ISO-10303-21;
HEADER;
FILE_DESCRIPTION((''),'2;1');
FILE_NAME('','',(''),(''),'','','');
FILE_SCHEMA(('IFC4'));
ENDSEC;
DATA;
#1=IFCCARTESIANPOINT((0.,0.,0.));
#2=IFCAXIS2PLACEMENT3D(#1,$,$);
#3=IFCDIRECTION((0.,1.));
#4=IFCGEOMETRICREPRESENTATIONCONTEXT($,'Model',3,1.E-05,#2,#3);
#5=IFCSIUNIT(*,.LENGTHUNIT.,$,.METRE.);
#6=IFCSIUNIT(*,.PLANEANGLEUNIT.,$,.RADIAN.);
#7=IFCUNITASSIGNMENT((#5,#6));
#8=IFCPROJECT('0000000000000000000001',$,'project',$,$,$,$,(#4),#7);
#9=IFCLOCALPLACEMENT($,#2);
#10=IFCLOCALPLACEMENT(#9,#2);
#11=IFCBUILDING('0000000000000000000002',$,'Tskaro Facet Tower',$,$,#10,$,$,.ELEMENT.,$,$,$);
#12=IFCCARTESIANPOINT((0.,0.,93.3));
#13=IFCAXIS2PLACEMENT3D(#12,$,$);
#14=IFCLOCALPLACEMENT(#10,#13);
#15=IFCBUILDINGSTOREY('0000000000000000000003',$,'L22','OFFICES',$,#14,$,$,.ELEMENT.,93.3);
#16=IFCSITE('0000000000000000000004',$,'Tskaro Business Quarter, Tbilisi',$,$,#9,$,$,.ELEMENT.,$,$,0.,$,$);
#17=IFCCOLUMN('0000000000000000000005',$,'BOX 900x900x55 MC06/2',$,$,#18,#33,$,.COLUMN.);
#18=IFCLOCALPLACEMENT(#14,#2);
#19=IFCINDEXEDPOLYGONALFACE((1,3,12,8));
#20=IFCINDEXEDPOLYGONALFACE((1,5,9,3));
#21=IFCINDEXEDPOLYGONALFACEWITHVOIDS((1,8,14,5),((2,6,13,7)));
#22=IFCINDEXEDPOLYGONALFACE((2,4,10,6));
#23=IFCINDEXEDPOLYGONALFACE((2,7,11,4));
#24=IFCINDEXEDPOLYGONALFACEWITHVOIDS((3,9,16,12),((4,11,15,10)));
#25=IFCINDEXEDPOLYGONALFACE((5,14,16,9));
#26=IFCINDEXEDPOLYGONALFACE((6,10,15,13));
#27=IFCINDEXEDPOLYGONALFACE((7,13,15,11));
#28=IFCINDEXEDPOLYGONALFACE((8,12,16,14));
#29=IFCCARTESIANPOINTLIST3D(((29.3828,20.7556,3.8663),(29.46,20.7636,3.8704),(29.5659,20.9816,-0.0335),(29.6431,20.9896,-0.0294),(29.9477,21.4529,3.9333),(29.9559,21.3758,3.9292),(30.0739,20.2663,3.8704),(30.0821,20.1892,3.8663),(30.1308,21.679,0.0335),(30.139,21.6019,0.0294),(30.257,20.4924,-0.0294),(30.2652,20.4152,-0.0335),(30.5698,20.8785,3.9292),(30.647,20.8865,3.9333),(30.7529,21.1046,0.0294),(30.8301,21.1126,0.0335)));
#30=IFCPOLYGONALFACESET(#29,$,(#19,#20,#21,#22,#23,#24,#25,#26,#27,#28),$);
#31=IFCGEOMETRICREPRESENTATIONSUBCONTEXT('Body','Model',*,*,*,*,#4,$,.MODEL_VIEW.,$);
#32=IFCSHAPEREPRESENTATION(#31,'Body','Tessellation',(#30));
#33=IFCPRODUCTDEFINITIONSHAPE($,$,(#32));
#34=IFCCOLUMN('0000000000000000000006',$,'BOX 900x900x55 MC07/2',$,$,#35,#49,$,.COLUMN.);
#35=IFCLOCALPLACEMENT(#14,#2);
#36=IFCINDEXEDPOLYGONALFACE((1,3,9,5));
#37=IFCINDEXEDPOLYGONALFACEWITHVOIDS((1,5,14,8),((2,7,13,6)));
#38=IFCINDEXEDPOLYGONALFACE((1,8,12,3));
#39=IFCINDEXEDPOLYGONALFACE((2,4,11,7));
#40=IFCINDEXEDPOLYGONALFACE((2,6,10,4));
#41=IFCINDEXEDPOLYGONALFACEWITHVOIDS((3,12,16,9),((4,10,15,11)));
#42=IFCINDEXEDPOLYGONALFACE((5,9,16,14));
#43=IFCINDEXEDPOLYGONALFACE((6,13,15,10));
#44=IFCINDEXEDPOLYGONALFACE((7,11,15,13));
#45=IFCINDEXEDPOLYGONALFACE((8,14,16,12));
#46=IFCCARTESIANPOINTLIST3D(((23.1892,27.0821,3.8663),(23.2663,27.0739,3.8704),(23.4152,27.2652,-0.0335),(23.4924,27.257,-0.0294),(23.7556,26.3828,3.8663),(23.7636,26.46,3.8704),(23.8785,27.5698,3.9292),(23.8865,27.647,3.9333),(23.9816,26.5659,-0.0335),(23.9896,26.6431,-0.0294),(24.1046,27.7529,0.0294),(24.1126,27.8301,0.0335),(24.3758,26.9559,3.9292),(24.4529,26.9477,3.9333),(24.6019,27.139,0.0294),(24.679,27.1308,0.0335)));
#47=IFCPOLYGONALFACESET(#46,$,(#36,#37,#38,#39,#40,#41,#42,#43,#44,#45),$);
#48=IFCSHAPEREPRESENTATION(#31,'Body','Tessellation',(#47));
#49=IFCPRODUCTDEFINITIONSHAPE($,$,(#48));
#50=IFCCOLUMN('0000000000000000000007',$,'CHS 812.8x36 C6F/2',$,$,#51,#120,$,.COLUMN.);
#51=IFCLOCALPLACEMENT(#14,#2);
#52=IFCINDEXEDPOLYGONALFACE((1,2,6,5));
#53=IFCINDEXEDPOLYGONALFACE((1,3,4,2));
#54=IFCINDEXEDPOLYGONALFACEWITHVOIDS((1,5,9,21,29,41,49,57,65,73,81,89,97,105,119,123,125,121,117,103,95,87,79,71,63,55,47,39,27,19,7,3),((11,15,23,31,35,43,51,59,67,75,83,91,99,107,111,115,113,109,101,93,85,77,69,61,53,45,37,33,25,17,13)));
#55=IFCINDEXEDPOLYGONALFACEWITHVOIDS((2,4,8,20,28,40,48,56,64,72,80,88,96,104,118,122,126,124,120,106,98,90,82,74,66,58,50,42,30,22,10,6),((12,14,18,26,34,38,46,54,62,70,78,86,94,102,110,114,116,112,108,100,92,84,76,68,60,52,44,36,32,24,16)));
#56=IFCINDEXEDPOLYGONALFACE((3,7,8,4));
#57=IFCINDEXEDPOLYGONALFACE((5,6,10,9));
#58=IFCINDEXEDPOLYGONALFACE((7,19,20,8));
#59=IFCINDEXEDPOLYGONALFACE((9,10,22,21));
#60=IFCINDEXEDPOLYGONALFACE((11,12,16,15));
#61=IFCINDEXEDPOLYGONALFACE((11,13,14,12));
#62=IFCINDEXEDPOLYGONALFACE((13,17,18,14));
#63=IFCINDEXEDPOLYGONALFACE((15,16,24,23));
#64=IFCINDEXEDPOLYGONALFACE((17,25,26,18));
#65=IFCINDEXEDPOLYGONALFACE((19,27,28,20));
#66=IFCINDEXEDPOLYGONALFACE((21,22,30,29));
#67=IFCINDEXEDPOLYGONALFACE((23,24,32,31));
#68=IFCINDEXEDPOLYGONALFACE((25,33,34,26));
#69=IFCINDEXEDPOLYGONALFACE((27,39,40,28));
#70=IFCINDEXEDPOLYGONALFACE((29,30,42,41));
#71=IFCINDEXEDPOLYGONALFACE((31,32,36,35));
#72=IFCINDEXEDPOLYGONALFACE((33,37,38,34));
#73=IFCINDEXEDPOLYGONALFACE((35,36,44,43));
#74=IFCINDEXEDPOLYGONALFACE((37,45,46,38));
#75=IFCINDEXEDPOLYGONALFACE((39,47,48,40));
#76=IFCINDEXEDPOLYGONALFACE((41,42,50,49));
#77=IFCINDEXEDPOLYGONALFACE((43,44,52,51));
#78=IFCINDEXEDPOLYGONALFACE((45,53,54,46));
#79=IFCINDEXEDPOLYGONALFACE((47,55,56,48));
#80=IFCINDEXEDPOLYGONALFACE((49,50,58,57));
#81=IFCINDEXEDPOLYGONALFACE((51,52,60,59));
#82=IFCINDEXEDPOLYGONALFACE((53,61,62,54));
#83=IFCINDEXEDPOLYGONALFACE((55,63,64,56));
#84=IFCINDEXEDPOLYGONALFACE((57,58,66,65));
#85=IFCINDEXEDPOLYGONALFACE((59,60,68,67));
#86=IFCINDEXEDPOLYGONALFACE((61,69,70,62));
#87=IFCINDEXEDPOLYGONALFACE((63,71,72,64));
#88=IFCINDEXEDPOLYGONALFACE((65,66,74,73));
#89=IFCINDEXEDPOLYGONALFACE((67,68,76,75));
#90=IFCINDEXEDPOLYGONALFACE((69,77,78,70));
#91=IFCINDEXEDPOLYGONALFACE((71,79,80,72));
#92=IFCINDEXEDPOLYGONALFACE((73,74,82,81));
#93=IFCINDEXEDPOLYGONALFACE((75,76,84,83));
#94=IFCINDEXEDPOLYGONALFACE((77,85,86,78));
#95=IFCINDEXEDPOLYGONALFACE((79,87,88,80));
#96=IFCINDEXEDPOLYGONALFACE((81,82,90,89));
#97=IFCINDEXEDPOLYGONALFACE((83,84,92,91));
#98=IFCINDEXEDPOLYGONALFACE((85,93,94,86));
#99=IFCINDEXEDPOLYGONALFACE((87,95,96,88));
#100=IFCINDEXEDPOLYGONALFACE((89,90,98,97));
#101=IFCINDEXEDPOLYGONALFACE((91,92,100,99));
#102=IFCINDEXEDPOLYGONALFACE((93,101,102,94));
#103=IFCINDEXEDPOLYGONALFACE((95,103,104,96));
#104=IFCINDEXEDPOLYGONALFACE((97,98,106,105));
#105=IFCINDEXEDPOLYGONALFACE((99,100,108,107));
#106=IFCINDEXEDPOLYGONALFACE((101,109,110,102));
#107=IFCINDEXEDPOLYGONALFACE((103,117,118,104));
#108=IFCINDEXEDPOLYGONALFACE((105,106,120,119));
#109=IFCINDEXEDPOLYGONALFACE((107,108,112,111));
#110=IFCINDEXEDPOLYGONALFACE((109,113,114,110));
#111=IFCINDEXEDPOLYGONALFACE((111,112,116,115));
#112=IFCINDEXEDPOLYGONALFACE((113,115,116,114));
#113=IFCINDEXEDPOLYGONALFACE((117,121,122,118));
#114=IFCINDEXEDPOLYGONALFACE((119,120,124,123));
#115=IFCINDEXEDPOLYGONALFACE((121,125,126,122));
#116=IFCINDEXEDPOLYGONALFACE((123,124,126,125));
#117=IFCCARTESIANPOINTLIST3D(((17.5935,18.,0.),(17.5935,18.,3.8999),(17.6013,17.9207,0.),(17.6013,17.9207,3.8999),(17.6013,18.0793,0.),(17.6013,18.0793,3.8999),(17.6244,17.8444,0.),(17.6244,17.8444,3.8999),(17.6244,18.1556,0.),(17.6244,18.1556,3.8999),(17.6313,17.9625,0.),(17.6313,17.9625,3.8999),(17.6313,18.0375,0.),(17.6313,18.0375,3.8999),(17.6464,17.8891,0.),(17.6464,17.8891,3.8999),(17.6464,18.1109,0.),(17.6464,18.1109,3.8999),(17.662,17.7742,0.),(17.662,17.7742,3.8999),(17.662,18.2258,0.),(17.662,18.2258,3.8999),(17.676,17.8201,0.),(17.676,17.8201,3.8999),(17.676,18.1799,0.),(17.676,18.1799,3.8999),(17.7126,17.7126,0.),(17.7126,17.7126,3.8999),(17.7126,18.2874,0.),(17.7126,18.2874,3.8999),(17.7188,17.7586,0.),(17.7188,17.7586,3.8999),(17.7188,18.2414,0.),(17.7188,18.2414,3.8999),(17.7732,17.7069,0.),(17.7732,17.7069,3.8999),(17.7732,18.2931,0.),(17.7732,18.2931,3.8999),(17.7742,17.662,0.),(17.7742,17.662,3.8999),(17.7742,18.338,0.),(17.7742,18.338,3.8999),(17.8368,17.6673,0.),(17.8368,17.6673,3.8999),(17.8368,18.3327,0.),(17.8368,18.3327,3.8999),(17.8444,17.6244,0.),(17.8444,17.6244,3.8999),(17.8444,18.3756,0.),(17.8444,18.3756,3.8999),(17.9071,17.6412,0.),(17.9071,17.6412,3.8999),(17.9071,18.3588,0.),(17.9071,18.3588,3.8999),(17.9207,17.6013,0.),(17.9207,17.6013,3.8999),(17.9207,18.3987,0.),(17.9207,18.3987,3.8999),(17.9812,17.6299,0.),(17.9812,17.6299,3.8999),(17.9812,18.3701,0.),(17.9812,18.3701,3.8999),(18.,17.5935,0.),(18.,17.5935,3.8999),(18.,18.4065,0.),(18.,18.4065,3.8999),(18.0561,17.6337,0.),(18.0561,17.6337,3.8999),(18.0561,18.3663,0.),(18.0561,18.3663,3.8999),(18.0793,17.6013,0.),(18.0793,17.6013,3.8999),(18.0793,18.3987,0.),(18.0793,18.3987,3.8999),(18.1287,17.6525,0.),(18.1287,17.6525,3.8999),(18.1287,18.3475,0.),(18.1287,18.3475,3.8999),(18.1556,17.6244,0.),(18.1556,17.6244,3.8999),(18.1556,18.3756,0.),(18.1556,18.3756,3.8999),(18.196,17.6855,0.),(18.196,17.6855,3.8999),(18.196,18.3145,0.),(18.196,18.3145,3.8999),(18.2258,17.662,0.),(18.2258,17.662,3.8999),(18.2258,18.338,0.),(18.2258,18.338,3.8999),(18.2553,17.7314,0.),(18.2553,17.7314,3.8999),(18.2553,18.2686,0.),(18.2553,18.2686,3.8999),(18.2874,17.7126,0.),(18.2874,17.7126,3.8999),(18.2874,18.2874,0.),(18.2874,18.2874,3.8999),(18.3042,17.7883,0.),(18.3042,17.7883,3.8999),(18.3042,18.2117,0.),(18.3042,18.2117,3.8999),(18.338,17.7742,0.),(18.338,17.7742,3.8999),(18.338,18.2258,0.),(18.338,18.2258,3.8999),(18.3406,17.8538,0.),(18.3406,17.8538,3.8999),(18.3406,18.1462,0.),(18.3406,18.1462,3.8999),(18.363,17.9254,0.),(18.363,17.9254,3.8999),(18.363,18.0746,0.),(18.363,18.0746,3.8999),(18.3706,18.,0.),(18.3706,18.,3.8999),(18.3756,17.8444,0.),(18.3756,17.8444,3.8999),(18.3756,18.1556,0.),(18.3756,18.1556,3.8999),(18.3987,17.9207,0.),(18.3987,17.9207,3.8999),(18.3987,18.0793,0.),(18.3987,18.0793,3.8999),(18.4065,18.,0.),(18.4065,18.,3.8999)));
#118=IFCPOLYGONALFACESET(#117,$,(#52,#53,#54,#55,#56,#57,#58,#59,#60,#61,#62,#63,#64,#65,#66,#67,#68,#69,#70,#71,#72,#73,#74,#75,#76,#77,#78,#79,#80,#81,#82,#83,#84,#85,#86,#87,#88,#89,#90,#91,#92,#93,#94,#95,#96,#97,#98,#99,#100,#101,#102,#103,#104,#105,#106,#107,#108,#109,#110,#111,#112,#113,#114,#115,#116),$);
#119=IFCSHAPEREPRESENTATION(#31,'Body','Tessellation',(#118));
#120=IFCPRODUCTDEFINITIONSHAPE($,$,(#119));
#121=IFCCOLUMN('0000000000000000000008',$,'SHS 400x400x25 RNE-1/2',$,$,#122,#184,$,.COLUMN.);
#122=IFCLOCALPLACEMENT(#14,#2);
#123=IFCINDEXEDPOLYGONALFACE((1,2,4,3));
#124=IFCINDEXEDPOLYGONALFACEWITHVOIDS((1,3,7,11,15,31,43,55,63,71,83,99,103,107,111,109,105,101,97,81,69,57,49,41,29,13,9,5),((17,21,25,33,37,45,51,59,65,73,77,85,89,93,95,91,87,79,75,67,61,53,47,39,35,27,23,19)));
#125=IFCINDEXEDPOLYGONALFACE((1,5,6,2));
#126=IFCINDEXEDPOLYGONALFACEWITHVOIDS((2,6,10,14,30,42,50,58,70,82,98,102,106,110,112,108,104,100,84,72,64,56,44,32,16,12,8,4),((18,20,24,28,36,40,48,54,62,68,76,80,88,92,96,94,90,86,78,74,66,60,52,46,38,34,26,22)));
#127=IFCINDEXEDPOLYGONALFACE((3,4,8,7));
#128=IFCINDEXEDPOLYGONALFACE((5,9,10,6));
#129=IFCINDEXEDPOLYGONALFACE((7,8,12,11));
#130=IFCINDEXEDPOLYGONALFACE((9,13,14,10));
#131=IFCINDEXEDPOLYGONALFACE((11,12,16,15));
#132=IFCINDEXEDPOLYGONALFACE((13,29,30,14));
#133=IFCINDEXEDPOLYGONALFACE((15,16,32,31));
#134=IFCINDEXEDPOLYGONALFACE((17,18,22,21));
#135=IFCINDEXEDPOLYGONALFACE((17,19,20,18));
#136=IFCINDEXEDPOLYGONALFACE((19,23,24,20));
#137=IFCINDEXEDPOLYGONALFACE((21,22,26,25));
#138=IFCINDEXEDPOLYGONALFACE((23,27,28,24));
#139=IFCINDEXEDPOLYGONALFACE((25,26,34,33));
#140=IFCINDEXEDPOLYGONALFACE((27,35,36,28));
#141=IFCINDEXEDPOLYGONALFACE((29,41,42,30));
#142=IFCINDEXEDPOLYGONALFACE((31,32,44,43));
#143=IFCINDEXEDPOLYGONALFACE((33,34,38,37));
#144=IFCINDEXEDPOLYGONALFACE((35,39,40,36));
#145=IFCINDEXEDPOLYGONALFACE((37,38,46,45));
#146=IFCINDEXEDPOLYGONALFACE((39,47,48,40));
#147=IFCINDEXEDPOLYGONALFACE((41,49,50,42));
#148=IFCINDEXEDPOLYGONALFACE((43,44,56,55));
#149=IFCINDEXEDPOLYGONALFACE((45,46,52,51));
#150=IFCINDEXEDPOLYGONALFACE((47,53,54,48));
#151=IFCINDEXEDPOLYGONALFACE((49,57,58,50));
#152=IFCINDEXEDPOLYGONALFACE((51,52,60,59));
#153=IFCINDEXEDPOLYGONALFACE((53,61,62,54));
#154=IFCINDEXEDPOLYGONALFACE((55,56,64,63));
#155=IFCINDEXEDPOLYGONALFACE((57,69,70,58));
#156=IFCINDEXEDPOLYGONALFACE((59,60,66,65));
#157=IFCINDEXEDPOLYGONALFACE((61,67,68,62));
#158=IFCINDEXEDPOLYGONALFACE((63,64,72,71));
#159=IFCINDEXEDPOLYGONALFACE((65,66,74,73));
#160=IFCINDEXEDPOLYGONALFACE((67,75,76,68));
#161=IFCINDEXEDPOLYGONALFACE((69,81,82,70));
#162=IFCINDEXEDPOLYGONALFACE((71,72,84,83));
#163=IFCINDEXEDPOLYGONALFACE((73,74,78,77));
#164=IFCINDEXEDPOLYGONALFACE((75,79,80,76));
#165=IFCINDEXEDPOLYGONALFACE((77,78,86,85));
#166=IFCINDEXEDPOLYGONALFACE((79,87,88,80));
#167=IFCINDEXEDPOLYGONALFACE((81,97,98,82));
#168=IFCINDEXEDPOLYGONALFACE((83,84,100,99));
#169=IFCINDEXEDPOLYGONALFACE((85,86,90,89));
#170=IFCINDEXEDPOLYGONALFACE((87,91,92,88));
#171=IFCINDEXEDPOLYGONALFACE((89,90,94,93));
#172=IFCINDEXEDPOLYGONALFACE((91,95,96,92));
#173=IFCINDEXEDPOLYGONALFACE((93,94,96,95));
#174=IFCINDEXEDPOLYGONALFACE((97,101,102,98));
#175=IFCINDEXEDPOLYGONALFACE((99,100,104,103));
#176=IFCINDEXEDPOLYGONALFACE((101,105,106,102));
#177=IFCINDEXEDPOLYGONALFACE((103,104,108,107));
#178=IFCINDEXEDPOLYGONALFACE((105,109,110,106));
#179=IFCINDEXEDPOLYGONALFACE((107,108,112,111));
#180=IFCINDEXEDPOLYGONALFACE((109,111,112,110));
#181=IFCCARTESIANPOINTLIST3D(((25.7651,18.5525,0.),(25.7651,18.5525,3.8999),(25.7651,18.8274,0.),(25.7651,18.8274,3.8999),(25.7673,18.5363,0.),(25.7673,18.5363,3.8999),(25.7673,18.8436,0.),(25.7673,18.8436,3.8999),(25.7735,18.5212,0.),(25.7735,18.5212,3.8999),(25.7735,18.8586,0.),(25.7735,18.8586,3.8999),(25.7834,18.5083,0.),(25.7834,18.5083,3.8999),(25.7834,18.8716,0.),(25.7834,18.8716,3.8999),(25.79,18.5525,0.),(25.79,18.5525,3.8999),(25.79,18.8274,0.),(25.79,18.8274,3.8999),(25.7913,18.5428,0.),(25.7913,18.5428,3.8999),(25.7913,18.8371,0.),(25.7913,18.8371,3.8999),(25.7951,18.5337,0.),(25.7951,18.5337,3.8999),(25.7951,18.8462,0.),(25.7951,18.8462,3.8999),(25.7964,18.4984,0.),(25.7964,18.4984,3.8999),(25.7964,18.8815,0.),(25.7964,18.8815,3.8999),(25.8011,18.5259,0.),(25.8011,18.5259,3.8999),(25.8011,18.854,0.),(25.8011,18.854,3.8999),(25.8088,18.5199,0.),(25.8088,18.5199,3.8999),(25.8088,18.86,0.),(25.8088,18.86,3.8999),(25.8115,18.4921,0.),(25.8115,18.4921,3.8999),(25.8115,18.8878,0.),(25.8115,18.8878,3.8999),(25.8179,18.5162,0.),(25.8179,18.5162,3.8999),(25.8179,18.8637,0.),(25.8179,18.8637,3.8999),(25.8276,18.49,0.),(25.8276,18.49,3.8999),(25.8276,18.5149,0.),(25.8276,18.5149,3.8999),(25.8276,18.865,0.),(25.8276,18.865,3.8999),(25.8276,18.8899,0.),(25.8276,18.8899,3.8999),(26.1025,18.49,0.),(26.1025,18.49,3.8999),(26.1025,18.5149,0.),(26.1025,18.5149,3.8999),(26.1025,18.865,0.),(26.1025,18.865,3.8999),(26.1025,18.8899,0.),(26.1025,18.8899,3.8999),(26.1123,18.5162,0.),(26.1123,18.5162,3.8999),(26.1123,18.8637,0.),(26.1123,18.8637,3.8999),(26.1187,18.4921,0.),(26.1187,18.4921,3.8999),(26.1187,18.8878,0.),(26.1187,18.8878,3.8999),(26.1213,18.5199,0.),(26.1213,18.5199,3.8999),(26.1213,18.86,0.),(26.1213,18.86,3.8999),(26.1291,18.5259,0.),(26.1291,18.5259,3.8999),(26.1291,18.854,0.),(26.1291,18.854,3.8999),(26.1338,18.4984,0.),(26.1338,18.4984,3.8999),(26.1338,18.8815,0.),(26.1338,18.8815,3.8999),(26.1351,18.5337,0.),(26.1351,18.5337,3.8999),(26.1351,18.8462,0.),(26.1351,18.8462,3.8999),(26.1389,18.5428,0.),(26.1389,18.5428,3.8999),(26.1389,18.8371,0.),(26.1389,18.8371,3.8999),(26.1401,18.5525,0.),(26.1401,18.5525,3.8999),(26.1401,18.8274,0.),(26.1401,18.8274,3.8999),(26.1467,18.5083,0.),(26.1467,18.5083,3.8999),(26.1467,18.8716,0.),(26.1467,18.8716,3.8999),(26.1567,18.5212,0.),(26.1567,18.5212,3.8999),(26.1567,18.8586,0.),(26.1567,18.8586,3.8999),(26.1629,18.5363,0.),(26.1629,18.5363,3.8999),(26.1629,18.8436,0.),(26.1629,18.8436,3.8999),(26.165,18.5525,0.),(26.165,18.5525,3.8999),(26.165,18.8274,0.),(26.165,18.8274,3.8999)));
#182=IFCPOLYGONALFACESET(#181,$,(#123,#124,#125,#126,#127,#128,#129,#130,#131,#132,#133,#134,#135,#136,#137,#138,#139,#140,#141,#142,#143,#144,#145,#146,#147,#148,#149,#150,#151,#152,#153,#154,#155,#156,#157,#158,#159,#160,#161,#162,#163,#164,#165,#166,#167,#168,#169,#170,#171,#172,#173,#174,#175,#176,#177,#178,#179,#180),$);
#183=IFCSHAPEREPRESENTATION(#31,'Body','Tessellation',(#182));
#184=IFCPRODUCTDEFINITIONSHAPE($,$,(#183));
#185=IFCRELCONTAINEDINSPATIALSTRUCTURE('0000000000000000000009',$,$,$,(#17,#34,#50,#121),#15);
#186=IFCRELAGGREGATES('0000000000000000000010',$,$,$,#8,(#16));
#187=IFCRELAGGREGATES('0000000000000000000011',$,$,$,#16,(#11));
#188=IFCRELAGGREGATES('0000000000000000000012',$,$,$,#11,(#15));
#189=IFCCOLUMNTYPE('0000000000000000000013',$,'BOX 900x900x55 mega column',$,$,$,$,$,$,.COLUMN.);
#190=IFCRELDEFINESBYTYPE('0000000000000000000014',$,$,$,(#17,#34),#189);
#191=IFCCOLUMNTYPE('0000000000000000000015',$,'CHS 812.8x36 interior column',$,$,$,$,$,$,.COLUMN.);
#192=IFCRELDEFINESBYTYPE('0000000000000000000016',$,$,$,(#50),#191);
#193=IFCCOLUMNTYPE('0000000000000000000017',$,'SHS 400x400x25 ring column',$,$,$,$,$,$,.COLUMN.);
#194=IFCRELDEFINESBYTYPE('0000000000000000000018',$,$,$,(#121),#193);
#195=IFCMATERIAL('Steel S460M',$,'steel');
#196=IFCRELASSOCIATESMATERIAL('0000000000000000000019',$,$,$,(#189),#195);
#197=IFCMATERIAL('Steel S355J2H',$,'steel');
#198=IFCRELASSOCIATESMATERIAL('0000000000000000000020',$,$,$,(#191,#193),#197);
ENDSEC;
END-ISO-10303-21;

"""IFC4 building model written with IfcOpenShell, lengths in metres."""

from ifc_helpers import new_model, si_unit, direction, frame, origin, origin_2d, place, context, subcontext, project, spatial, hollow_rectangle, hollow_circle, extrude, material, material_profile, profile_set, type_object, element, save


model = new_model("IFC4")

# Units and contexts
model_context = context("Model", 3, precision=1e-05, world=origin(), true_north=direction((0.0, 1.0)))
body_context = subcontext(model_context, "Body", "Model", "MODEL_VIEW")
ifc_project = project(units=[si_unit("LENGTHUNIT", "METRE"), si_unit("PLANEANGLEUNIT", "RADIAN")], contexts=[model_context])

# Site, building, storey
site_placement = place(None, origin())
site = spatial("IfcSite", under=ifc_project, at=site_placement, Name="Tskaro Business Quarter, Tbilisi", CompositionType="ELEMENT", RefElevation=0.0)
building_placement = place(site_placement, origin())
building = spatial("IfcBuilding", under=site, at=building_placement, Name="Tskaro Facet Tower", CompositionType="ELEMENT")
storey_placement = place(building_placement, frame((0.0, 0.0, 93.3)))
storey = spatial("IfcBuildingStorey", under=building, at=storey_placement, Name="L22", Description="OFFICES", CompositionType="ELEMENT", Elevation=93.3)

# Columns
ifc_material_1 = material(Name="Steel S460M", Category="steel")
ifc_material_profile_1 = material_profile(ifc_material_1, hollow_rectangle(XDim=0.8999, YDim=0.8999, WallThickness=0.0549, at=origin_2d()), Name="BOX 900x900x55")
ifc_profile_set_1 = profile_set([ifc_material_profile_1], Name="Steel S460M")
column_type_1 = type_object("IfcColumnType", Name="BOX 900x900x55 mega column", PredefinedType="COLUMN", material=ifc_profile_set_1)
for number, where, z_axis, x_axis, name in (
    (1, (30.198, 21.0471, 0.0), (-0.046821, -0.057809, 0.997229), (0.777089, -0.629391, 0.0), "BOX 900x900x55 MC06/2"),
    (2, (24.0471, 27.198, 0.0), (-0.057809, -0.046821, 0.997229), (0.629391, -0.777089, 0.0), "BOX 900x900x55 MC07/2"),
):
    element("IfcColumn", number, at=place(storey_placement, frame(where, z_axis=z_axis, x_axis=x_axis)), inside=storey, type_object=column_type_1, Name=name, PredefinedType="COLUMN", context=body_context, shape_type="SweptSolid", body=[
        extrude(hollow_rectangle(XDim=0.8999, YDim=0.8999, WallThickness=0.0549, at=origin_2d()), origin(), (0.0, 0.0, 1.0), 3.9106),
    ])
ifc_material_2 = material(Name="Steel S355J2H", Category="steel")
ifc_material_profile_2 = material_profile(ifc_material_2, hollow_circle(Radius=0.4065, WallThickness=0.0359, at=origin_2d()), Name="CHS 812.8x36")
ifc_profile_set_2 = profile_set([ifc_material_profile_2], Name="Steel S355J2H")
column_type_2 = type_object("IfcColumnType", Name="CHS 812.8x36 interior column", PredefinedType="COLUMN", material=ifc_profile_set_2)
column_placement = place(storey_placement, frame((18.0, 18.0, 0.0), z_axis=(0.0, 0.0, 1.0), x_axis=(1.0, 0.0, 0.0)))
element("IfcColumn", 3, at=column_placement, inside=storey, type_object=column_type_2, Name="CHS 812.8x36 C6F/2", PredefinedType="COLUMN", context=body_context, shape_type="SweptSolid", body=[
    extrude(hollow_circle(Radius=0.4065, WallThickness=0.0359, at=origin_2d()), origin(), (0.0, 0.0, 1.0), 3.8999),
])
ifc_material_profile_3 = material_profile(ifc_material_2, hollow_rectangle(XDim=0.3999, YDim=0.3999, WallThickness=0.0249, InnerFilletRadius=0.0376, OuterFilletRadius=0.0625, at=origin_2d()), Name="SHS 400x400x25")
ifc_profile_set_3 = profile_set([ifc_material_profile_3], Name="Steel S355J2H")
column_type_3 = type_object("IfcColumnType", Name="SHS 400x400x25 ring column", PredefinedType="COLUMN", material=ifc_profile_set_3)
for number, where, z_axis, x_axis, name in (
    (4, (25.9651, 18.6899, 0.0), (0.0, 0.0, 1.0), (1.0, 0.0, 0.0), "SHS 400x400x25 RNE-1/2"),
):
    element("IfcColumn", number, at=place(storey_placement, frame(where, z_axis=z_axis, x_axis=x_axis)), inside=storey, type_object=column_type_3, Name=name, PredefinedType="COLUMN", context=body_context, shape_type="SweptSolid", body=[
        extrude(hollow_rectangle(XDim=0.3999, YDim=0.3999, WallThickness=0.0249, InnerFilletRadius=0.0376, OuterFilletRadius=0.0625, at=origin_2d()), origin(), (0.0, 0.0, 1.0), 3.8999),
    ])

save(model, "model.ifc")
